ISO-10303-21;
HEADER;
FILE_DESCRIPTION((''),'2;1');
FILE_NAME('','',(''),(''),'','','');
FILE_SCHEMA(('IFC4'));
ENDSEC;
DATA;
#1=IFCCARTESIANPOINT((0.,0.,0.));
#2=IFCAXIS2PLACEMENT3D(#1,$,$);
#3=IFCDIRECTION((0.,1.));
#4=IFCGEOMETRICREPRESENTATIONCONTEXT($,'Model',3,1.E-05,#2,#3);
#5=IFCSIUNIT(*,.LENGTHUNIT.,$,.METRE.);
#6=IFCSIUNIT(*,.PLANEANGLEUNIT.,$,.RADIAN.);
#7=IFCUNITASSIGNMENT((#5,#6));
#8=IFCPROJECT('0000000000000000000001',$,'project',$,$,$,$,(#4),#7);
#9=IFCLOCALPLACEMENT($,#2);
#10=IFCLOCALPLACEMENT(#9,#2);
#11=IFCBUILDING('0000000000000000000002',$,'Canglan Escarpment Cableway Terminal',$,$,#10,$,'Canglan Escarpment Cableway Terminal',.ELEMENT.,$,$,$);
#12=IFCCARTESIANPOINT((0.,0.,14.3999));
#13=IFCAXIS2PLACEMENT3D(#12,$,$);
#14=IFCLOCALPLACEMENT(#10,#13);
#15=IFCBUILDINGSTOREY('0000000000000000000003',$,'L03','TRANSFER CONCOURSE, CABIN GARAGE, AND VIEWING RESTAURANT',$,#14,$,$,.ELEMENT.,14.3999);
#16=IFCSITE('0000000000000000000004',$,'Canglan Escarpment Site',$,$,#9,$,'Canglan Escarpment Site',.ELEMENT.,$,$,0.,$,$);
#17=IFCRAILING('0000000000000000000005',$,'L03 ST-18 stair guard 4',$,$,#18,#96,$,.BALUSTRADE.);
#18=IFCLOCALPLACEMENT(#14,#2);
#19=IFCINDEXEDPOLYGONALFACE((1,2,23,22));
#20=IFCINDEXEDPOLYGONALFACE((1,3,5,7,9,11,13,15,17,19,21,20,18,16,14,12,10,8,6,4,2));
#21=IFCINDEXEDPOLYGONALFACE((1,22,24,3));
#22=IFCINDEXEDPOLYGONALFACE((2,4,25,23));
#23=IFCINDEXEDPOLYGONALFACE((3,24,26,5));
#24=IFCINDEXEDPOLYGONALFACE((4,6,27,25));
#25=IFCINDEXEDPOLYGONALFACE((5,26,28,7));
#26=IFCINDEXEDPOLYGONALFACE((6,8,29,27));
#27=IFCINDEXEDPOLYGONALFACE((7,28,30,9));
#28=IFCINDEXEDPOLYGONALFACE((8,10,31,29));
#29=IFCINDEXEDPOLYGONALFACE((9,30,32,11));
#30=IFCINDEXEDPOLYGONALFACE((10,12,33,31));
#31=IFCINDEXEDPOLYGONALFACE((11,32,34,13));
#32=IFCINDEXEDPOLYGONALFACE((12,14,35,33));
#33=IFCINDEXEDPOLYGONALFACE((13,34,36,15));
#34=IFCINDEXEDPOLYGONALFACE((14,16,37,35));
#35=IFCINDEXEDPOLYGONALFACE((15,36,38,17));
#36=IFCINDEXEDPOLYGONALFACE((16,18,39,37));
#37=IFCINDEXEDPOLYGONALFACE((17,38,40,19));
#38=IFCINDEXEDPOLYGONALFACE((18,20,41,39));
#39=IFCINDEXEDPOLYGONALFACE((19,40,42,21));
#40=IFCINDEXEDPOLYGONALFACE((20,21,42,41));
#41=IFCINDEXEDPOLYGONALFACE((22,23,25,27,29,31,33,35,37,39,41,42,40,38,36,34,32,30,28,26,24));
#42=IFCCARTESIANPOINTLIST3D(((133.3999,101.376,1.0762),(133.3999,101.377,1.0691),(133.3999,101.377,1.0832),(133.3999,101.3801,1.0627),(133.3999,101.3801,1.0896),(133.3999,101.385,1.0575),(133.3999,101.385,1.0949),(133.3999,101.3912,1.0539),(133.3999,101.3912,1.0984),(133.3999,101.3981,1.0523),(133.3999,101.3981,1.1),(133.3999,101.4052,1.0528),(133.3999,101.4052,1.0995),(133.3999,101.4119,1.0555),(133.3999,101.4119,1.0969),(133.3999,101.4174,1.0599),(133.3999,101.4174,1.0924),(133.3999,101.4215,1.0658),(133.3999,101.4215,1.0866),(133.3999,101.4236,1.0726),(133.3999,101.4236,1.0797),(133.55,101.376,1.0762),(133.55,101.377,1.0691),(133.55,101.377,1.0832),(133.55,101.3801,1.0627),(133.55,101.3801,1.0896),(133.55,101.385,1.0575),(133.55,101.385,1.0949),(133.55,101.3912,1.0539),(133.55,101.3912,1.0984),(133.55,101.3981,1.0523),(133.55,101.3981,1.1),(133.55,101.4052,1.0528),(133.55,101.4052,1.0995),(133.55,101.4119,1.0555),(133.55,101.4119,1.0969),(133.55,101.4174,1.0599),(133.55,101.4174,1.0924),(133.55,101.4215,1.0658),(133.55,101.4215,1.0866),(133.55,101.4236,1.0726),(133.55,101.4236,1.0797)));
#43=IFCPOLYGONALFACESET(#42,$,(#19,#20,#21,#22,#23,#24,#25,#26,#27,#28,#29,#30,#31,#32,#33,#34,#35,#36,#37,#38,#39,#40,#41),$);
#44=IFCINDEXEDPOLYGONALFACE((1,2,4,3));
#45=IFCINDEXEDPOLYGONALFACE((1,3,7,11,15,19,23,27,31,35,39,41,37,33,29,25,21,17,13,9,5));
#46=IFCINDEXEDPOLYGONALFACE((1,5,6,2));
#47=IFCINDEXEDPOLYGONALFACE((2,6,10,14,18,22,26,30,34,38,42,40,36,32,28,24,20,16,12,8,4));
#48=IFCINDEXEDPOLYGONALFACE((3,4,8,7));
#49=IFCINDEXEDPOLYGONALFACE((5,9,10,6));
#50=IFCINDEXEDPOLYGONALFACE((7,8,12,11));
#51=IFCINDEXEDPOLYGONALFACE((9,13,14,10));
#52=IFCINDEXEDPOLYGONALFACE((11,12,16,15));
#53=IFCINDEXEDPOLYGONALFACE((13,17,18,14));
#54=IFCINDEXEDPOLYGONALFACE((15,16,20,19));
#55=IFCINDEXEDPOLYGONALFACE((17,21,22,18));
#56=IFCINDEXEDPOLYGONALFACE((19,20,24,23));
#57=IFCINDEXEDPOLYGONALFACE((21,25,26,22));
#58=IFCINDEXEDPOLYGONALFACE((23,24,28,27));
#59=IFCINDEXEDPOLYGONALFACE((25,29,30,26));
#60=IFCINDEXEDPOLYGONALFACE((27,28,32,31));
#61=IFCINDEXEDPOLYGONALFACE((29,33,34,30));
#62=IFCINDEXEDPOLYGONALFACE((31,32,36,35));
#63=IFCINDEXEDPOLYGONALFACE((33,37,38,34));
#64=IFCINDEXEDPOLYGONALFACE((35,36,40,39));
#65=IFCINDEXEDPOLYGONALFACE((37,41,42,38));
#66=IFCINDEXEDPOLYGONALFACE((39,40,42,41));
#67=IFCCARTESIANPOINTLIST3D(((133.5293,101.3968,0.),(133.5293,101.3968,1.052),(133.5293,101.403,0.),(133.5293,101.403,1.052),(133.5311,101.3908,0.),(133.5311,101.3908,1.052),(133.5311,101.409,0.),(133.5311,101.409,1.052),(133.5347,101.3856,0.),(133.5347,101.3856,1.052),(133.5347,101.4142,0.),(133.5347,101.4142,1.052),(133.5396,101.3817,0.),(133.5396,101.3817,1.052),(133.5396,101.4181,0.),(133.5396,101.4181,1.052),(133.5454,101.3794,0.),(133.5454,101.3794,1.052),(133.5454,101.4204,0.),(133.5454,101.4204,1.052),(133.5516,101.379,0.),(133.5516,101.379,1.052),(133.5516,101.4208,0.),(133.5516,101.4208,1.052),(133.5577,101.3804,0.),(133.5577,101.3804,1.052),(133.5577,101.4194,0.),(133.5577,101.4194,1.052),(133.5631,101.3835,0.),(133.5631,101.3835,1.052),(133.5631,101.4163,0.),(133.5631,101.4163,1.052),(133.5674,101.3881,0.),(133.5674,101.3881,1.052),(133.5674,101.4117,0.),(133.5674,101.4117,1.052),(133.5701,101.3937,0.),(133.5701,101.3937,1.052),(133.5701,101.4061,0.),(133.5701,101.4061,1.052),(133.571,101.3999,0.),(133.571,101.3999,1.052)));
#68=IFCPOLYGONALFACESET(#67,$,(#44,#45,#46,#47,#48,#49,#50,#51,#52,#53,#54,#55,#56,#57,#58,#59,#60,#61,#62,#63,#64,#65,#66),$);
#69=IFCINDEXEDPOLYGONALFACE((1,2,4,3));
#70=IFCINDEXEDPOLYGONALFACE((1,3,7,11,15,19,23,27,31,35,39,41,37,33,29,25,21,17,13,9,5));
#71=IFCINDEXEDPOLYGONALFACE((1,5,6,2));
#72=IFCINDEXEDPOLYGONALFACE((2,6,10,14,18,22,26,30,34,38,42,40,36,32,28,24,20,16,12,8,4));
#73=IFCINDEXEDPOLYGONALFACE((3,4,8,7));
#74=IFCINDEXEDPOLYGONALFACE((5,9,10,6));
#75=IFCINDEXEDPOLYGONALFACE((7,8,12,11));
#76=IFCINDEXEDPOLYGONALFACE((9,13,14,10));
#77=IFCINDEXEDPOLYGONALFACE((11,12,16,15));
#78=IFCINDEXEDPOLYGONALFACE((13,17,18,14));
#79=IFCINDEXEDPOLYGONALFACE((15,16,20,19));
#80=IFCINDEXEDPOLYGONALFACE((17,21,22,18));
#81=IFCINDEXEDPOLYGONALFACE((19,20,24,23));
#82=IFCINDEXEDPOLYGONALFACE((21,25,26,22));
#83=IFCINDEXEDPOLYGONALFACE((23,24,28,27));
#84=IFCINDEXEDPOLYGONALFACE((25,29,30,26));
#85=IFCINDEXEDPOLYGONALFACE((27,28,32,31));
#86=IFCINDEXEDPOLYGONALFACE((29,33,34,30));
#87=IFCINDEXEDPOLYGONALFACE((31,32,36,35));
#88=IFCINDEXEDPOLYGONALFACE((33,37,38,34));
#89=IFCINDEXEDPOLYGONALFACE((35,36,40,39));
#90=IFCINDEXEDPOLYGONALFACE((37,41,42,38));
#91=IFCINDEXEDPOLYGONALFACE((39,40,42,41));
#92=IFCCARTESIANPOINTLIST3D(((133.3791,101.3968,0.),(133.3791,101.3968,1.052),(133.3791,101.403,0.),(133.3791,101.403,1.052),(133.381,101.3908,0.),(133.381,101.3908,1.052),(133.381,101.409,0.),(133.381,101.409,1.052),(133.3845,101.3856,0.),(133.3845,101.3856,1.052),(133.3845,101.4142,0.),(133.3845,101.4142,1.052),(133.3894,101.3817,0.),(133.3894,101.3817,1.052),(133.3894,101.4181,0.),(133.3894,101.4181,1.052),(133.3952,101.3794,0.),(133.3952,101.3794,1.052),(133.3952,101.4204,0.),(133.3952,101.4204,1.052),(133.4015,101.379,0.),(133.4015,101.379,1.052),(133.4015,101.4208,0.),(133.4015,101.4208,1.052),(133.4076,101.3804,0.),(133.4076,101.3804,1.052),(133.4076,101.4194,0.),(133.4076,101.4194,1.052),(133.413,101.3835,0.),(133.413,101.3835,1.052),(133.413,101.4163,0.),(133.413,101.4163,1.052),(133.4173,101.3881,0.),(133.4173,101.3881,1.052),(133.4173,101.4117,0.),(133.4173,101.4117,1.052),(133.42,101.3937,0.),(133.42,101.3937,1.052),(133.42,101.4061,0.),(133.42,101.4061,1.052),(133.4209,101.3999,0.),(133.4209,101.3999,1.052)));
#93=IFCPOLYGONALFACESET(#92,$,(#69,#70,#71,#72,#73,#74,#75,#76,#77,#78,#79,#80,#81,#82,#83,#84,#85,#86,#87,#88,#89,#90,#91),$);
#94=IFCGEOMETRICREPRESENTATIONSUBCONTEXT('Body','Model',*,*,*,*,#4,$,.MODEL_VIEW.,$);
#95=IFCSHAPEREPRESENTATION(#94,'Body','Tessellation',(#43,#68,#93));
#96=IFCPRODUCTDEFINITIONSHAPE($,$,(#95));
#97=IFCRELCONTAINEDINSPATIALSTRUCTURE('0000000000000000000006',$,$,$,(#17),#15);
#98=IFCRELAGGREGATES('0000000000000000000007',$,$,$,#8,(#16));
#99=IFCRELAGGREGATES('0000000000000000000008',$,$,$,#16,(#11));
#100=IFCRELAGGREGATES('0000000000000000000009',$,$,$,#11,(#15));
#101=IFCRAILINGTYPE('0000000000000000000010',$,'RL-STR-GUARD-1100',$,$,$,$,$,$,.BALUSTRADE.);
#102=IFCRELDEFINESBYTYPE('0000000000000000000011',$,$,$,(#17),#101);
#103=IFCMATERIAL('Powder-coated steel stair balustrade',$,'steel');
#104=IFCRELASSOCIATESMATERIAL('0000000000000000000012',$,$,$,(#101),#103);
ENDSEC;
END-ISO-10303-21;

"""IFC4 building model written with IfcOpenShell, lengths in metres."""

from ifc_helpers import new_model, si_unit, direction, frame, origin, origin_2d, place, context, subcontext, project, spatial, circle, extrude, material, type_object, element, save


model = new_model("IFC4")

# Units and contexts
model_context = context("Model", 3, precision=1e-05, world=origin(), true_north=direction((0.0, 1.0)))
body_context = subcontext(model_context, "Body", "Model", "MODEL_VIEW")
ifc_project = project(units=[si_unit("LENGTHUNIT", "METRE"), si_unit("PLANEANGLEUNIT", "RADIAN")], contexts=[model_context])

# Site, building, storey
site_placement = place(None, origin())
site = spatial("IfcSite", under=ifc_project, at=site_placement, Name="Canglan Escarpment Site", LongName="Canglan Escarpment Site", CompositionType="ELEMENT", RefElevation=0.0)
building_placement = place(site_placement, origin())
building = spatial("IfcBuilding", under=site, at=building_placement, Name="Canglan Escarpment Cableway Terminal", LongName="Canglan Escarpment Cableway Terminal", CompositionType="ELEMENT")
storey_placement = place(building_placement, frame((0.0, 0.0, 14.3999)))
storey = spatial("IfcBuildingStorey", under=building, at=storey_placement, Name="L03", Description="TRANSFER CONCOURSE, CABIN GARAGE, AND VIEWING RESTAURANT", CompositionType="ELEMENT", Elevation=14.3999)

# Railing
ifc_material_1 = material(Name="Powder-coated steel stair balustrade", Category="steel")
railing_type = type_object("IfcRailingType", Name="RL-STR-GUARD-1100", PredefinedType="BALUSTRADE", material=ifc_material_1)
railing_1_placement = place(storey_placement, frame((133.55, 101.3999, 0.0)))
element("IfcRailing", 1, at=railing_1_placement, inside=storey, type_object=railing_type, Name="L03 ST-18 stair guard 4", PredefinedType="BALUSTRADE", context=body_context, shape_type="SweptSolid", body=[
    extrude(circle(Radius=0.0239, at=origin_2d()), frame((0.0, 0.0, 1.0762), z_axis=(-1.0, 0.0, 0.0), x_axis=(0.0, -1.0, 0.0)), (0.0, 0.0, 1.0), 0.1501),
    extrude(circle(Radius=0.021, at=origin_2d()), origin(), (0.0, 0.0, 1.0), 1.052),
    extrude(circle(Radius=0.021, at=origin_2d()), frame((-0.1501, 0.0, 0.0)), (0.0, 0.0, 1.0), 1.052),
])

save(model, "model.ifc")
